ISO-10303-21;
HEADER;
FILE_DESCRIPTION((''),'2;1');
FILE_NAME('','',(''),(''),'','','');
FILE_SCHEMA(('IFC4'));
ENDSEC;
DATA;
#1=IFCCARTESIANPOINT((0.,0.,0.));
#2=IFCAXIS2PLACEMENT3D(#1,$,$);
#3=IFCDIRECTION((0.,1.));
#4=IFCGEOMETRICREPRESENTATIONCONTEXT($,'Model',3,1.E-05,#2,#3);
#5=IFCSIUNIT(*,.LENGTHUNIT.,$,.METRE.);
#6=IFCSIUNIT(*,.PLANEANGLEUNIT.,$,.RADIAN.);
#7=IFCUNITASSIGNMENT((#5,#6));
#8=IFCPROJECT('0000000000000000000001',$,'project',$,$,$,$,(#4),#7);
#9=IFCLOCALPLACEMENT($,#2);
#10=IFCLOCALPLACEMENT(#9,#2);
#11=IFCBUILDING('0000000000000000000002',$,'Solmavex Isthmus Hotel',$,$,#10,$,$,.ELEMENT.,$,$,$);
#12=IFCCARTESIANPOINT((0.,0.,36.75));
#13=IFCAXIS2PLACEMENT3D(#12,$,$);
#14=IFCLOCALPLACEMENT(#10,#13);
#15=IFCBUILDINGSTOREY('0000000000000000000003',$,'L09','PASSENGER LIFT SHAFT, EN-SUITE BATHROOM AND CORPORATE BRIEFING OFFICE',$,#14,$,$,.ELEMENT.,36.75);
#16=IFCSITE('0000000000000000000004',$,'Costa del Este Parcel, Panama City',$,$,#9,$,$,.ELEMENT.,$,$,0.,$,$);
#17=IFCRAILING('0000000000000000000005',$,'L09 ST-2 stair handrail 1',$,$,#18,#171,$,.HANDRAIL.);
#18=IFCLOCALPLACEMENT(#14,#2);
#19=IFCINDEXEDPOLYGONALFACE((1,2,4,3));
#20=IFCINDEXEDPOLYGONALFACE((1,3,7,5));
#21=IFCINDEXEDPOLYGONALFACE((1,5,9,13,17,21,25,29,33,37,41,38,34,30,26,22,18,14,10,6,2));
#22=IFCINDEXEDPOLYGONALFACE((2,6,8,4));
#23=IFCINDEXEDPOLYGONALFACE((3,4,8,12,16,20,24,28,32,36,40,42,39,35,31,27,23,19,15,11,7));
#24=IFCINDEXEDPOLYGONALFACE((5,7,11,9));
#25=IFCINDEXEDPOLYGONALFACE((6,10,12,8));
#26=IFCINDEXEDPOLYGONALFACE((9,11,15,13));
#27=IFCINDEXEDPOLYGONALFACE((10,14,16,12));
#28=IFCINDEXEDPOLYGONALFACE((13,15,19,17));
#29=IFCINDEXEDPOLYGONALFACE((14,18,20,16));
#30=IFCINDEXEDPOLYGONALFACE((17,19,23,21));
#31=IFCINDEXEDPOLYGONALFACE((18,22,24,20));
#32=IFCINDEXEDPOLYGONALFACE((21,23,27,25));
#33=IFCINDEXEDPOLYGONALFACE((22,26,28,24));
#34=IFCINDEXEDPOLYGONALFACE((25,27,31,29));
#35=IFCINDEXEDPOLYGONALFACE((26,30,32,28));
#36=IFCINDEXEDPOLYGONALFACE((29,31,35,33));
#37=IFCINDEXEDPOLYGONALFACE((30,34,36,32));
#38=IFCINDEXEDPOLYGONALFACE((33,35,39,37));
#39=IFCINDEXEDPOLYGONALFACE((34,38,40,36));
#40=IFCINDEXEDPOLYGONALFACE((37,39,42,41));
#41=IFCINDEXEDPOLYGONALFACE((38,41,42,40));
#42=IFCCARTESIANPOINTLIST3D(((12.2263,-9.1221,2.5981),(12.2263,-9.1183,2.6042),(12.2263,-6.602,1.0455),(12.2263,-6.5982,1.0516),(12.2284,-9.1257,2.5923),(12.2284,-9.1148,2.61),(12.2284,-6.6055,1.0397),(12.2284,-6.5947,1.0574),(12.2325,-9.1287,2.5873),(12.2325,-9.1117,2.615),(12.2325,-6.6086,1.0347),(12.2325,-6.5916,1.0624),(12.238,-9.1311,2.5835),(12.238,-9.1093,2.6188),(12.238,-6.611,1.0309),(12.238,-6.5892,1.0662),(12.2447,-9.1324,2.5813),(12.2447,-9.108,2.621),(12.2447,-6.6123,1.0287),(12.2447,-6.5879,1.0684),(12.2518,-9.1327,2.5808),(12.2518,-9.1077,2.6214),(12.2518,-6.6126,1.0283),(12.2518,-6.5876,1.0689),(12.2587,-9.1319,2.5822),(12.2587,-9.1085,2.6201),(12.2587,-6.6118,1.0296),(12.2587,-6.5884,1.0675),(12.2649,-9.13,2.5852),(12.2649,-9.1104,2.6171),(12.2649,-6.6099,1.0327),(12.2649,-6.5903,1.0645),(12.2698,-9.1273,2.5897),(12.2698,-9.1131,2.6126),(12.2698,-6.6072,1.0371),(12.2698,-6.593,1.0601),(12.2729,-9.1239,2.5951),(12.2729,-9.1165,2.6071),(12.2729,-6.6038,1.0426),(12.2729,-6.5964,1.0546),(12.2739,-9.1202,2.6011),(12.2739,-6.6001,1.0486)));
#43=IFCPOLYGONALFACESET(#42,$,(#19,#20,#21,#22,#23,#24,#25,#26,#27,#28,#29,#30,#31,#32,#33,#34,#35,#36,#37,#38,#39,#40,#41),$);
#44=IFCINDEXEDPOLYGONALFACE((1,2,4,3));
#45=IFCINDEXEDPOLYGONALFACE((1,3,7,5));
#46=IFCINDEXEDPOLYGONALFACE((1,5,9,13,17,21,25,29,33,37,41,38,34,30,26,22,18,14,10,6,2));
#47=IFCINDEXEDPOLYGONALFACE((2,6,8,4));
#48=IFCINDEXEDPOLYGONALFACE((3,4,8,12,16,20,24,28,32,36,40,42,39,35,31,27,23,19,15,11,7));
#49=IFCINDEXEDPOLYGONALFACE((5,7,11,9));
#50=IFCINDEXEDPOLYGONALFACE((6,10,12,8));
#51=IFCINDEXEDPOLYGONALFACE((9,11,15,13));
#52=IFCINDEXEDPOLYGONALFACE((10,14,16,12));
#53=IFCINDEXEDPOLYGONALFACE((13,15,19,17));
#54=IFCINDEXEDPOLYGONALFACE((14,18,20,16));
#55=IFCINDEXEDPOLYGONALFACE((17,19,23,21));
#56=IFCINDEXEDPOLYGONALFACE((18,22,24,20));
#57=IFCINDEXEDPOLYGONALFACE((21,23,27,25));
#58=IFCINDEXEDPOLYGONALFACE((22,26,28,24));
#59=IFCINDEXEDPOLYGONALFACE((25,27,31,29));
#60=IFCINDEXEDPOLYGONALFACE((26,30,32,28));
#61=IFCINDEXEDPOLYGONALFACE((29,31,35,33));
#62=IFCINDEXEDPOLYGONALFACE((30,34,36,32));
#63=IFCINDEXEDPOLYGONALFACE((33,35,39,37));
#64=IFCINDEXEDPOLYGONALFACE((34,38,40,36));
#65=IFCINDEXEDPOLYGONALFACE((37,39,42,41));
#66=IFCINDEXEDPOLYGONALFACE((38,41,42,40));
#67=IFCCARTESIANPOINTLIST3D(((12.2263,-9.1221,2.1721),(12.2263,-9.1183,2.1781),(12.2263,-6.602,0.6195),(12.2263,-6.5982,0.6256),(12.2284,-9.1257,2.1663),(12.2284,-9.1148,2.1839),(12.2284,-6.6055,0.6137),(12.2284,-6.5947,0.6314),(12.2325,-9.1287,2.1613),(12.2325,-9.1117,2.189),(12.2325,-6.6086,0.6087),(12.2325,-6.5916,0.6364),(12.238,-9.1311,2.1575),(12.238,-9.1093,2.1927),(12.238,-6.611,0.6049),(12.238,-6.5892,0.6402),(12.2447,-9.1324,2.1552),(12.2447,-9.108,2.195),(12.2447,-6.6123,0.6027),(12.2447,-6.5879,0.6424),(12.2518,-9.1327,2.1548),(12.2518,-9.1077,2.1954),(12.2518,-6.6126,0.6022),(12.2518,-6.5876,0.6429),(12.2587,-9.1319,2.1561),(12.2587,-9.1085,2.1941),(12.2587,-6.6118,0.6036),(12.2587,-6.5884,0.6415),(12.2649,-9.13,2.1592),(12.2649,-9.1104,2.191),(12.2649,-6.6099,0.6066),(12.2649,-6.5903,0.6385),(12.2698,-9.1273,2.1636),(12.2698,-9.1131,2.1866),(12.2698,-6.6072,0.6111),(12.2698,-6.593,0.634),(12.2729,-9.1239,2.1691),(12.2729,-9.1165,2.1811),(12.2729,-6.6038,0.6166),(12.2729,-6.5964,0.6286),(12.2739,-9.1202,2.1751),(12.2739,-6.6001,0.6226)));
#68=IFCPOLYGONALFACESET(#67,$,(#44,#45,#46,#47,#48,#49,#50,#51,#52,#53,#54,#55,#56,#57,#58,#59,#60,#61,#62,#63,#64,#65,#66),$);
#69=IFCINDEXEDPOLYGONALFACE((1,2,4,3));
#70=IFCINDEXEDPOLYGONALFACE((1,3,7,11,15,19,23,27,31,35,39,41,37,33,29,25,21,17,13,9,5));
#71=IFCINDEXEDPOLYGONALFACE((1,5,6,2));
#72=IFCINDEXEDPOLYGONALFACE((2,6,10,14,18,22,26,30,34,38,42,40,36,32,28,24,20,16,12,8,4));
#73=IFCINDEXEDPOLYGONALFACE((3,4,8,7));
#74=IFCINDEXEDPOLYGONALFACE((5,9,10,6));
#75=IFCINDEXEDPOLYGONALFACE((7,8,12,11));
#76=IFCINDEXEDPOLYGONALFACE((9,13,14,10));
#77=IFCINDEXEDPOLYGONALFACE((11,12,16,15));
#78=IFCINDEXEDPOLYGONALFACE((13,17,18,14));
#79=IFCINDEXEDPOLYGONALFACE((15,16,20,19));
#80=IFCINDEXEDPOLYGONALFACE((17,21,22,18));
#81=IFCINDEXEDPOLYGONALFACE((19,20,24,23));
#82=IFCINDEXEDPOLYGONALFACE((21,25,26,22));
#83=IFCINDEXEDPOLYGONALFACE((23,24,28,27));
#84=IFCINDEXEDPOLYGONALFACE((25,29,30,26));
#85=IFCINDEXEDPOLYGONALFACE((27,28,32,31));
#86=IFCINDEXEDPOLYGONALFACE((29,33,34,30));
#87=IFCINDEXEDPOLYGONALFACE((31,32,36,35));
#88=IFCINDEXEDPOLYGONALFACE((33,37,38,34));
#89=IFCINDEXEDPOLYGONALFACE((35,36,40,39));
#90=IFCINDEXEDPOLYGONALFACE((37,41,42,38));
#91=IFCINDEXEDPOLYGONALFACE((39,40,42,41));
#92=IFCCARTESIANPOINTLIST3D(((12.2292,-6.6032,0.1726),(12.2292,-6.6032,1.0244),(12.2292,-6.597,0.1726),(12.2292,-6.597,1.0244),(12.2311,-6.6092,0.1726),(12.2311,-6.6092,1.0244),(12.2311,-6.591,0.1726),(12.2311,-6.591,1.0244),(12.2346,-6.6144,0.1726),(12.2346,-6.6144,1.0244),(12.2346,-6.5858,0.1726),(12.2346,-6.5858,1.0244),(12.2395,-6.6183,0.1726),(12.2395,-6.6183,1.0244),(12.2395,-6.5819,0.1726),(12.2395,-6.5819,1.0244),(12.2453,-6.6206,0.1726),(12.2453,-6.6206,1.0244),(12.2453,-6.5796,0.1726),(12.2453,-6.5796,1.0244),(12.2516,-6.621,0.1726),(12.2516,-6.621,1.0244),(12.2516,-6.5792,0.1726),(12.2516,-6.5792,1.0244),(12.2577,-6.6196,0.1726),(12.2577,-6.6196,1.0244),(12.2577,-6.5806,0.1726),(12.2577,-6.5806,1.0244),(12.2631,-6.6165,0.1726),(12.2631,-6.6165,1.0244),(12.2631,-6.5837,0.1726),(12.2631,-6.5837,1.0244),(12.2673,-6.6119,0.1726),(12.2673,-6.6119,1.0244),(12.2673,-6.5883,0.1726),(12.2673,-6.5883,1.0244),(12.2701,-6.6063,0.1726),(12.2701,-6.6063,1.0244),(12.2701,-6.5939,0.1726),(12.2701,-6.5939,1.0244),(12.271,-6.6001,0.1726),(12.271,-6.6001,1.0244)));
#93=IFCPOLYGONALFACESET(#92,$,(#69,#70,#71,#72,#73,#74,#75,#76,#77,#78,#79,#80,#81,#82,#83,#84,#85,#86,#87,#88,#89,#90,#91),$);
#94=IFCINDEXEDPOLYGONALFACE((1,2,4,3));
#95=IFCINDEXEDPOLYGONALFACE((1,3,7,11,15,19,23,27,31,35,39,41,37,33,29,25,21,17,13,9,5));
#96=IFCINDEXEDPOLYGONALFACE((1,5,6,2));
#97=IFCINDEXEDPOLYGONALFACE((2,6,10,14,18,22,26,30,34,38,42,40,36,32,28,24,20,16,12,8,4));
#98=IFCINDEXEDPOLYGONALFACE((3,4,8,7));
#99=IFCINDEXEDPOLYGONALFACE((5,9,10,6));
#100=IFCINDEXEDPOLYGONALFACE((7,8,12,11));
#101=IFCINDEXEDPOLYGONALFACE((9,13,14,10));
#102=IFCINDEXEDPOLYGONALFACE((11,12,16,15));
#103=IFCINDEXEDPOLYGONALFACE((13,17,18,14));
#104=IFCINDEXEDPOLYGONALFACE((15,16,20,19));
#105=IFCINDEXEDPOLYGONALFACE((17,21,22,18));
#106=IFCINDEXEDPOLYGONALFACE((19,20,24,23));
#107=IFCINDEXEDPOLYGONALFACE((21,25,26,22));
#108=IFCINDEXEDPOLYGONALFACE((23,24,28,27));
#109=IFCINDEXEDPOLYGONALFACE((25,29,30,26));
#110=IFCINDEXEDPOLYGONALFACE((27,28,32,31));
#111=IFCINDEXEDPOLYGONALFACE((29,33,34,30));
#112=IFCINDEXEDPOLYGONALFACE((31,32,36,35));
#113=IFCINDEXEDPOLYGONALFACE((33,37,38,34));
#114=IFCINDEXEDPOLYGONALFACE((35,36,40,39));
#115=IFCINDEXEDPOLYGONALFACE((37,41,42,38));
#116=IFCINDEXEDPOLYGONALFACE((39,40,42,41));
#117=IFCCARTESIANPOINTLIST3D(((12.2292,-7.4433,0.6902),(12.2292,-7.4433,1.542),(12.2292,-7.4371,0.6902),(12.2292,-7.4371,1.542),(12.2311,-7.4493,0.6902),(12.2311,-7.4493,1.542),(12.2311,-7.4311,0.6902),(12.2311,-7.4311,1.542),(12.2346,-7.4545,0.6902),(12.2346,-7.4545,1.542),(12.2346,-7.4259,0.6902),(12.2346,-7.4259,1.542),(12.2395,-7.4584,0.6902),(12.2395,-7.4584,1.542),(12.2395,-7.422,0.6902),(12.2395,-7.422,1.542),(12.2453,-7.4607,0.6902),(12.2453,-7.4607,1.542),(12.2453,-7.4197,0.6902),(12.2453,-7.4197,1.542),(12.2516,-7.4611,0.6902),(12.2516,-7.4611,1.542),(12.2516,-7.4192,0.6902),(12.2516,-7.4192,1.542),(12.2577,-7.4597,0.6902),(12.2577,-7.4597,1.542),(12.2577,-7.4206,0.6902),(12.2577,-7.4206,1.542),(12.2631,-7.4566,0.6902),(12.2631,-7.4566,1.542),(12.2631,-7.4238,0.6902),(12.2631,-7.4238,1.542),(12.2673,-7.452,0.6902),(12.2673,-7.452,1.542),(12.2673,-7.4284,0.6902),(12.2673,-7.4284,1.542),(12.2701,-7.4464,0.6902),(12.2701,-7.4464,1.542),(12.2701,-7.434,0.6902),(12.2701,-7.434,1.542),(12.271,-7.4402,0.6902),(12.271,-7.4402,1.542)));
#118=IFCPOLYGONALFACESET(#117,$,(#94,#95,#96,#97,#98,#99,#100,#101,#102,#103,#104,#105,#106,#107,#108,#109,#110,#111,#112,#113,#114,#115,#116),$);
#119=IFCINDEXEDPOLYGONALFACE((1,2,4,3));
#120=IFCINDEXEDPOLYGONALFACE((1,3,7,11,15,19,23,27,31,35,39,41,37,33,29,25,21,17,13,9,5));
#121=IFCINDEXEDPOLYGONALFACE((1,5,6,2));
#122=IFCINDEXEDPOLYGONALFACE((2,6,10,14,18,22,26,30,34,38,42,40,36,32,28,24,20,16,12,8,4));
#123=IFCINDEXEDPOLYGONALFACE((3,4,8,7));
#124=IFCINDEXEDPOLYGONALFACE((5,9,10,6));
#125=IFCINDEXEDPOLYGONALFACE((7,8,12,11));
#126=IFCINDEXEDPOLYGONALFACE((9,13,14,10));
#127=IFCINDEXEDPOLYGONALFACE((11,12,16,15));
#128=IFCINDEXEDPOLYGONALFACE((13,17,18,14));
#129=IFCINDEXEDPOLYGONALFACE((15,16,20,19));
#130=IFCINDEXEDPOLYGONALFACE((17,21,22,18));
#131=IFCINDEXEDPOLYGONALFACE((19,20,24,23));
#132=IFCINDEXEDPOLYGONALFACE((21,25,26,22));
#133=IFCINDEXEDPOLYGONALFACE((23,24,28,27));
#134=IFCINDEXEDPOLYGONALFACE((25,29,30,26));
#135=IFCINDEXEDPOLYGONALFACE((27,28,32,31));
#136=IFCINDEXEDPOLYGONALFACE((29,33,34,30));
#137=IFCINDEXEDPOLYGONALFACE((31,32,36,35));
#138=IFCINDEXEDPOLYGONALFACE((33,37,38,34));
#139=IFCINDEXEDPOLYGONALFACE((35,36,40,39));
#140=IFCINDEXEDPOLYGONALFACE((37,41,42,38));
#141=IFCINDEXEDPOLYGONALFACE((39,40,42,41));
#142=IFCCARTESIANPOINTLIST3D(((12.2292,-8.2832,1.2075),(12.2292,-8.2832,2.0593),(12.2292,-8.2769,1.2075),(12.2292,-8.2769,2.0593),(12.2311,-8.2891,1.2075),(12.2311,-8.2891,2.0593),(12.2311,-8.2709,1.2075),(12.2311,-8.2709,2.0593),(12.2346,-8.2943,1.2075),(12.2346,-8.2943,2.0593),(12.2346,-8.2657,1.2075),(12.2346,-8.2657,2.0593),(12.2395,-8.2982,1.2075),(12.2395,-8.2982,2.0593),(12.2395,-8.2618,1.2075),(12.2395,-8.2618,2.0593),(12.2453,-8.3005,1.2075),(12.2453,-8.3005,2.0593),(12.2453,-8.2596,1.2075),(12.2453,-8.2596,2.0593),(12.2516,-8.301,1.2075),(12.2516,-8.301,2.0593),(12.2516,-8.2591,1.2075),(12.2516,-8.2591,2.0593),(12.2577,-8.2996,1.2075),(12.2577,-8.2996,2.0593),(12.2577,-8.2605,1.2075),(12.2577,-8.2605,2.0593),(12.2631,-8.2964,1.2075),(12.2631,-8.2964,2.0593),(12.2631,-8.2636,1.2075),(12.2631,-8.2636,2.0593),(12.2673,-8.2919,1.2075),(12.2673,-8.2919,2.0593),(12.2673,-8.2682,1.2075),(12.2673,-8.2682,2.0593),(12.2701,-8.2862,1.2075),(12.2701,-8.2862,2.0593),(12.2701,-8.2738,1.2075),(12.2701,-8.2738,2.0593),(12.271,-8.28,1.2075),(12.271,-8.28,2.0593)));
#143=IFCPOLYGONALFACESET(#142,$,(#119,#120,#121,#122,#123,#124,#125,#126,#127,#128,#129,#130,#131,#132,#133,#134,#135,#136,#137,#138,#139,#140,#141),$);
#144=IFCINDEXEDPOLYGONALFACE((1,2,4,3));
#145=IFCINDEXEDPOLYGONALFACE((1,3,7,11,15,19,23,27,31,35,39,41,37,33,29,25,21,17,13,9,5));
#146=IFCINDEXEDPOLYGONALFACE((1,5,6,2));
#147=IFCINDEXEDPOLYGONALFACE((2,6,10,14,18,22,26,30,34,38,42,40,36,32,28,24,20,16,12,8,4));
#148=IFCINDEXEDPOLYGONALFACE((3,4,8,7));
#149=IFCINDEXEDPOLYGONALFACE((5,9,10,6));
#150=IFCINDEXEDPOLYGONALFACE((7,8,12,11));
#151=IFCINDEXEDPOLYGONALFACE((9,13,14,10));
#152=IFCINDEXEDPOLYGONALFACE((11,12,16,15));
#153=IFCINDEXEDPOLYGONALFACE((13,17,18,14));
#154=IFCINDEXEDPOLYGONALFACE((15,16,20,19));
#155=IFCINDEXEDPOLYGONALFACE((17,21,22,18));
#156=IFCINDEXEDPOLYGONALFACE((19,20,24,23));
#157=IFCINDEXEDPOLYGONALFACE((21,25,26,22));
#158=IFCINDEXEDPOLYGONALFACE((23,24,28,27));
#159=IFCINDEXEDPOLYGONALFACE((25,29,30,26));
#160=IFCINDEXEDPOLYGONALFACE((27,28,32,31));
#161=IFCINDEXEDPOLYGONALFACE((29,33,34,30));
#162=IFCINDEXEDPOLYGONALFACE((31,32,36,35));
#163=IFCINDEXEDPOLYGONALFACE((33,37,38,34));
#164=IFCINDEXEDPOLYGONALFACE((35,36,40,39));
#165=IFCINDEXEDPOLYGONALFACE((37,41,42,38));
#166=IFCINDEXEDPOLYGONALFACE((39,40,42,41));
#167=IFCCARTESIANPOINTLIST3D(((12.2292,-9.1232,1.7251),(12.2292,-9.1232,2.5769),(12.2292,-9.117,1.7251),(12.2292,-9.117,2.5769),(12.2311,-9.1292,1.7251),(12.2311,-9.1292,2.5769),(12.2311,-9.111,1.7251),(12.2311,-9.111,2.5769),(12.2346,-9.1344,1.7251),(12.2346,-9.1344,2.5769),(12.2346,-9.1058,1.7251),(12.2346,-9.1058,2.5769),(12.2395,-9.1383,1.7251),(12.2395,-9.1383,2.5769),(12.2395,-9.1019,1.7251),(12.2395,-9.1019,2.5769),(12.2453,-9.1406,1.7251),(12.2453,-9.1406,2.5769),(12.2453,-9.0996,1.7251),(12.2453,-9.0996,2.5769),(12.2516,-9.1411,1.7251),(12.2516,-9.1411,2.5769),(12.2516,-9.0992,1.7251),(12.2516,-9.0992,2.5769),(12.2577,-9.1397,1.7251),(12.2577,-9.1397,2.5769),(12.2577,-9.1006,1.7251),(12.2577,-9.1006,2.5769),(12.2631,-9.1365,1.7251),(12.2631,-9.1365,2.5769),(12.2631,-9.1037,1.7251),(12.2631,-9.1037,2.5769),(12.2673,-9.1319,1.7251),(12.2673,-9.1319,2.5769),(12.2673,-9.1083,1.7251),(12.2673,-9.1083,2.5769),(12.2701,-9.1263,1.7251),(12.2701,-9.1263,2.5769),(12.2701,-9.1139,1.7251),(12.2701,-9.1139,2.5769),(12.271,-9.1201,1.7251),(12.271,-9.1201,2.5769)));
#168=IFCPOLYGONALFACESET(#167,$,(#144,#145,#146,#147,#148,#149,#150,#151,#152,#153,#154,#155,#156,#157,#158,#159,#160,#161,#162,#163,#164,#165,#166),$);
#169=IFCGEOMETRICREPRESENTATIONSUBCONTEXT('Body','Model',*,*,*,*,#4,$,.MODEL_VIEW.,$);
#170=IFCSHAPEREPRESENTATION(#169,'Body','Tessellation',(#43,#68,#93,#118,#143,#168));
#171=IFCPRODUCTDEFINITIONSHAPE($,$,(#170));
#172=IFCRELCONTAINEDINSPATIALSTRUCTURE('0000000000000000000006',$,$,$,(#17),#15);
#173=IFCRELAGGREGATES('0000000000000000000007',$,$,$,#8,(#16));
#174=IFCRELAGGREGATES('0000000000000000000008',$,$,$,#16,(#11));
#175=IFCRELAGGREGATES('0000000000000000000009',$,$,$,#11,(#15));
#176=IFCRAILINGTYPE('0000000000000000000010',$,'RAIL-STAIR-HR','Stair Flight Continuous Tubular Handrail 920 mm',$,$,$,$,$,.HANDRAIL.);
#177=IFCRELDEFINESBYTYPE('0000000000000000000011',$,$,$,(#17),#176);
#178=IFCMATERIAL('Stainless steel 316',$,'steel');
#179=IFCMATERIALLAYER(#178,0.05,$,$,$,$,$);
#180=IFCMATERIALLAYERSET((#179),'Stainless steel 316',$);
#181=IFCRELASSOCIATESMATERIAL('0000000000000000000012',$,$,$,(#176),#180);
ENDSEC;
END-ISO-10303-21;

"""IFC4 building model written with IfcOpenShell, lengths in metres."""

from ifc_helpers import new_model, si_unit, direction, frame, origin, origin_2d, place, context, subcontext, project, spatial, circle, extrude, material, layer, layer_set, type_object, element, save


model = new_model("IFC4")

# Units and contexts
model_context = context("Model", 3, precision=1e-05, world=origin(), true_north=direction((0.0, 1.0)))
body_context = subcontext(model_context, "Body", "Model", "MODEL_VIEW")
ifc_project = project(units=[si_unit("LENGTHUNIT", "METRE"), si_unit("PLANEANGLEUNIT", "RADIAN")], contexts=[model_context])

# Site, building, storey
site_placement = place(None, origin())
site = spatial("IfcSite", under=ifc_project, at=site_placement, Name="Costa del Este Parcel, Panama City", CompositionType="ELEMENT", RefElevation=0.0)
building_placement = place(site_placement, origin())
building = spatial("IfcBuilding", under=site, at=building_placement, Name="Solmavex Isthmus Hotel", CompositionType="ELEMENT")
storey_placement = place(building_placement, frame((0.0, 0.0, 36.75)))
storey = spatial("IfcBuildingStorey", under=building, at=storey_placement, Name="L09", Description="PASSENGER LIFT SHAFT, EN-SUITE BATHROOM AND CORPORATE BRIEFING OFFICE", CompositionType="ELEMENT", Elevation=36.75)

# Railing
ifc_material_1 = material(Name="Stainless steel 316", Category="steel")
ifc_layer_1 = layer(ifc_material_1, 0.05)
ifc_layer_set_1 = layer_set([ifc_layer_1], Name="Stainless steel 316")
railing_type_1 = type_object("IfcRailingType", Name="RAIL-STAIR-HR", Description="Stair Flight Continuous Tubular Handrail 920 mm", PredefinedType="HANDRAIL", material=ifc_layer_set_1)
railing_1_placement = place(storey_placement, frame((12.25, -6.6001, 0.1726)))
element("IfcRailing", 1, at=railing_1_placement, inside=storey, type_object=railing_type_1, Name="L09 ST-2 stair handrail 1", PredefinedType="HANDRAIL", context=body_context, shape_type="SweptSolid", body=[
    extrude(circle(Radius=0.0239, at=origin_2d()), frame((0.0, 0.0, 0.876), z_axis=(0.0, -0.8514, 0.524516), x_axis=(1.0, 0.0, 0.0)), (0.0, 0.0, 1.0), 2.96),
    extrude(circle(Radius=0.0239, at=origin_2d()), frame((0.0, 0.0, 0.45), z_axis=(0.0, -0.8514, 0.524516), x_axis=(1.0, 0.0, 0.0)), (0.0, 0.0, 1.0), 2.96),
    extrude(circle(Radius=0.021, at=origin_2d()), origin(), (0.0, 0.0, 1.0), 0.8518),
    extrude(circle(Radius=0.021, at=origin_2d()), frame((0.0, -0.8401, 0.5176)), (0.0, 0.0, 1.0), 0.8518),
    extrude(circle(Radius=0.021, at=origin_2d()), frame((0.0, -1.6799, 1.0349)), (0.0, 0.0, 1.0), 0.8518),
    extrude(circle(Radius=0.021, at=origin_2d()), frame((0.0, -2.52, 1.5525)), (0.0, 0.0, 1.0), 0.8518),
])

save(model, "model.ifc")
